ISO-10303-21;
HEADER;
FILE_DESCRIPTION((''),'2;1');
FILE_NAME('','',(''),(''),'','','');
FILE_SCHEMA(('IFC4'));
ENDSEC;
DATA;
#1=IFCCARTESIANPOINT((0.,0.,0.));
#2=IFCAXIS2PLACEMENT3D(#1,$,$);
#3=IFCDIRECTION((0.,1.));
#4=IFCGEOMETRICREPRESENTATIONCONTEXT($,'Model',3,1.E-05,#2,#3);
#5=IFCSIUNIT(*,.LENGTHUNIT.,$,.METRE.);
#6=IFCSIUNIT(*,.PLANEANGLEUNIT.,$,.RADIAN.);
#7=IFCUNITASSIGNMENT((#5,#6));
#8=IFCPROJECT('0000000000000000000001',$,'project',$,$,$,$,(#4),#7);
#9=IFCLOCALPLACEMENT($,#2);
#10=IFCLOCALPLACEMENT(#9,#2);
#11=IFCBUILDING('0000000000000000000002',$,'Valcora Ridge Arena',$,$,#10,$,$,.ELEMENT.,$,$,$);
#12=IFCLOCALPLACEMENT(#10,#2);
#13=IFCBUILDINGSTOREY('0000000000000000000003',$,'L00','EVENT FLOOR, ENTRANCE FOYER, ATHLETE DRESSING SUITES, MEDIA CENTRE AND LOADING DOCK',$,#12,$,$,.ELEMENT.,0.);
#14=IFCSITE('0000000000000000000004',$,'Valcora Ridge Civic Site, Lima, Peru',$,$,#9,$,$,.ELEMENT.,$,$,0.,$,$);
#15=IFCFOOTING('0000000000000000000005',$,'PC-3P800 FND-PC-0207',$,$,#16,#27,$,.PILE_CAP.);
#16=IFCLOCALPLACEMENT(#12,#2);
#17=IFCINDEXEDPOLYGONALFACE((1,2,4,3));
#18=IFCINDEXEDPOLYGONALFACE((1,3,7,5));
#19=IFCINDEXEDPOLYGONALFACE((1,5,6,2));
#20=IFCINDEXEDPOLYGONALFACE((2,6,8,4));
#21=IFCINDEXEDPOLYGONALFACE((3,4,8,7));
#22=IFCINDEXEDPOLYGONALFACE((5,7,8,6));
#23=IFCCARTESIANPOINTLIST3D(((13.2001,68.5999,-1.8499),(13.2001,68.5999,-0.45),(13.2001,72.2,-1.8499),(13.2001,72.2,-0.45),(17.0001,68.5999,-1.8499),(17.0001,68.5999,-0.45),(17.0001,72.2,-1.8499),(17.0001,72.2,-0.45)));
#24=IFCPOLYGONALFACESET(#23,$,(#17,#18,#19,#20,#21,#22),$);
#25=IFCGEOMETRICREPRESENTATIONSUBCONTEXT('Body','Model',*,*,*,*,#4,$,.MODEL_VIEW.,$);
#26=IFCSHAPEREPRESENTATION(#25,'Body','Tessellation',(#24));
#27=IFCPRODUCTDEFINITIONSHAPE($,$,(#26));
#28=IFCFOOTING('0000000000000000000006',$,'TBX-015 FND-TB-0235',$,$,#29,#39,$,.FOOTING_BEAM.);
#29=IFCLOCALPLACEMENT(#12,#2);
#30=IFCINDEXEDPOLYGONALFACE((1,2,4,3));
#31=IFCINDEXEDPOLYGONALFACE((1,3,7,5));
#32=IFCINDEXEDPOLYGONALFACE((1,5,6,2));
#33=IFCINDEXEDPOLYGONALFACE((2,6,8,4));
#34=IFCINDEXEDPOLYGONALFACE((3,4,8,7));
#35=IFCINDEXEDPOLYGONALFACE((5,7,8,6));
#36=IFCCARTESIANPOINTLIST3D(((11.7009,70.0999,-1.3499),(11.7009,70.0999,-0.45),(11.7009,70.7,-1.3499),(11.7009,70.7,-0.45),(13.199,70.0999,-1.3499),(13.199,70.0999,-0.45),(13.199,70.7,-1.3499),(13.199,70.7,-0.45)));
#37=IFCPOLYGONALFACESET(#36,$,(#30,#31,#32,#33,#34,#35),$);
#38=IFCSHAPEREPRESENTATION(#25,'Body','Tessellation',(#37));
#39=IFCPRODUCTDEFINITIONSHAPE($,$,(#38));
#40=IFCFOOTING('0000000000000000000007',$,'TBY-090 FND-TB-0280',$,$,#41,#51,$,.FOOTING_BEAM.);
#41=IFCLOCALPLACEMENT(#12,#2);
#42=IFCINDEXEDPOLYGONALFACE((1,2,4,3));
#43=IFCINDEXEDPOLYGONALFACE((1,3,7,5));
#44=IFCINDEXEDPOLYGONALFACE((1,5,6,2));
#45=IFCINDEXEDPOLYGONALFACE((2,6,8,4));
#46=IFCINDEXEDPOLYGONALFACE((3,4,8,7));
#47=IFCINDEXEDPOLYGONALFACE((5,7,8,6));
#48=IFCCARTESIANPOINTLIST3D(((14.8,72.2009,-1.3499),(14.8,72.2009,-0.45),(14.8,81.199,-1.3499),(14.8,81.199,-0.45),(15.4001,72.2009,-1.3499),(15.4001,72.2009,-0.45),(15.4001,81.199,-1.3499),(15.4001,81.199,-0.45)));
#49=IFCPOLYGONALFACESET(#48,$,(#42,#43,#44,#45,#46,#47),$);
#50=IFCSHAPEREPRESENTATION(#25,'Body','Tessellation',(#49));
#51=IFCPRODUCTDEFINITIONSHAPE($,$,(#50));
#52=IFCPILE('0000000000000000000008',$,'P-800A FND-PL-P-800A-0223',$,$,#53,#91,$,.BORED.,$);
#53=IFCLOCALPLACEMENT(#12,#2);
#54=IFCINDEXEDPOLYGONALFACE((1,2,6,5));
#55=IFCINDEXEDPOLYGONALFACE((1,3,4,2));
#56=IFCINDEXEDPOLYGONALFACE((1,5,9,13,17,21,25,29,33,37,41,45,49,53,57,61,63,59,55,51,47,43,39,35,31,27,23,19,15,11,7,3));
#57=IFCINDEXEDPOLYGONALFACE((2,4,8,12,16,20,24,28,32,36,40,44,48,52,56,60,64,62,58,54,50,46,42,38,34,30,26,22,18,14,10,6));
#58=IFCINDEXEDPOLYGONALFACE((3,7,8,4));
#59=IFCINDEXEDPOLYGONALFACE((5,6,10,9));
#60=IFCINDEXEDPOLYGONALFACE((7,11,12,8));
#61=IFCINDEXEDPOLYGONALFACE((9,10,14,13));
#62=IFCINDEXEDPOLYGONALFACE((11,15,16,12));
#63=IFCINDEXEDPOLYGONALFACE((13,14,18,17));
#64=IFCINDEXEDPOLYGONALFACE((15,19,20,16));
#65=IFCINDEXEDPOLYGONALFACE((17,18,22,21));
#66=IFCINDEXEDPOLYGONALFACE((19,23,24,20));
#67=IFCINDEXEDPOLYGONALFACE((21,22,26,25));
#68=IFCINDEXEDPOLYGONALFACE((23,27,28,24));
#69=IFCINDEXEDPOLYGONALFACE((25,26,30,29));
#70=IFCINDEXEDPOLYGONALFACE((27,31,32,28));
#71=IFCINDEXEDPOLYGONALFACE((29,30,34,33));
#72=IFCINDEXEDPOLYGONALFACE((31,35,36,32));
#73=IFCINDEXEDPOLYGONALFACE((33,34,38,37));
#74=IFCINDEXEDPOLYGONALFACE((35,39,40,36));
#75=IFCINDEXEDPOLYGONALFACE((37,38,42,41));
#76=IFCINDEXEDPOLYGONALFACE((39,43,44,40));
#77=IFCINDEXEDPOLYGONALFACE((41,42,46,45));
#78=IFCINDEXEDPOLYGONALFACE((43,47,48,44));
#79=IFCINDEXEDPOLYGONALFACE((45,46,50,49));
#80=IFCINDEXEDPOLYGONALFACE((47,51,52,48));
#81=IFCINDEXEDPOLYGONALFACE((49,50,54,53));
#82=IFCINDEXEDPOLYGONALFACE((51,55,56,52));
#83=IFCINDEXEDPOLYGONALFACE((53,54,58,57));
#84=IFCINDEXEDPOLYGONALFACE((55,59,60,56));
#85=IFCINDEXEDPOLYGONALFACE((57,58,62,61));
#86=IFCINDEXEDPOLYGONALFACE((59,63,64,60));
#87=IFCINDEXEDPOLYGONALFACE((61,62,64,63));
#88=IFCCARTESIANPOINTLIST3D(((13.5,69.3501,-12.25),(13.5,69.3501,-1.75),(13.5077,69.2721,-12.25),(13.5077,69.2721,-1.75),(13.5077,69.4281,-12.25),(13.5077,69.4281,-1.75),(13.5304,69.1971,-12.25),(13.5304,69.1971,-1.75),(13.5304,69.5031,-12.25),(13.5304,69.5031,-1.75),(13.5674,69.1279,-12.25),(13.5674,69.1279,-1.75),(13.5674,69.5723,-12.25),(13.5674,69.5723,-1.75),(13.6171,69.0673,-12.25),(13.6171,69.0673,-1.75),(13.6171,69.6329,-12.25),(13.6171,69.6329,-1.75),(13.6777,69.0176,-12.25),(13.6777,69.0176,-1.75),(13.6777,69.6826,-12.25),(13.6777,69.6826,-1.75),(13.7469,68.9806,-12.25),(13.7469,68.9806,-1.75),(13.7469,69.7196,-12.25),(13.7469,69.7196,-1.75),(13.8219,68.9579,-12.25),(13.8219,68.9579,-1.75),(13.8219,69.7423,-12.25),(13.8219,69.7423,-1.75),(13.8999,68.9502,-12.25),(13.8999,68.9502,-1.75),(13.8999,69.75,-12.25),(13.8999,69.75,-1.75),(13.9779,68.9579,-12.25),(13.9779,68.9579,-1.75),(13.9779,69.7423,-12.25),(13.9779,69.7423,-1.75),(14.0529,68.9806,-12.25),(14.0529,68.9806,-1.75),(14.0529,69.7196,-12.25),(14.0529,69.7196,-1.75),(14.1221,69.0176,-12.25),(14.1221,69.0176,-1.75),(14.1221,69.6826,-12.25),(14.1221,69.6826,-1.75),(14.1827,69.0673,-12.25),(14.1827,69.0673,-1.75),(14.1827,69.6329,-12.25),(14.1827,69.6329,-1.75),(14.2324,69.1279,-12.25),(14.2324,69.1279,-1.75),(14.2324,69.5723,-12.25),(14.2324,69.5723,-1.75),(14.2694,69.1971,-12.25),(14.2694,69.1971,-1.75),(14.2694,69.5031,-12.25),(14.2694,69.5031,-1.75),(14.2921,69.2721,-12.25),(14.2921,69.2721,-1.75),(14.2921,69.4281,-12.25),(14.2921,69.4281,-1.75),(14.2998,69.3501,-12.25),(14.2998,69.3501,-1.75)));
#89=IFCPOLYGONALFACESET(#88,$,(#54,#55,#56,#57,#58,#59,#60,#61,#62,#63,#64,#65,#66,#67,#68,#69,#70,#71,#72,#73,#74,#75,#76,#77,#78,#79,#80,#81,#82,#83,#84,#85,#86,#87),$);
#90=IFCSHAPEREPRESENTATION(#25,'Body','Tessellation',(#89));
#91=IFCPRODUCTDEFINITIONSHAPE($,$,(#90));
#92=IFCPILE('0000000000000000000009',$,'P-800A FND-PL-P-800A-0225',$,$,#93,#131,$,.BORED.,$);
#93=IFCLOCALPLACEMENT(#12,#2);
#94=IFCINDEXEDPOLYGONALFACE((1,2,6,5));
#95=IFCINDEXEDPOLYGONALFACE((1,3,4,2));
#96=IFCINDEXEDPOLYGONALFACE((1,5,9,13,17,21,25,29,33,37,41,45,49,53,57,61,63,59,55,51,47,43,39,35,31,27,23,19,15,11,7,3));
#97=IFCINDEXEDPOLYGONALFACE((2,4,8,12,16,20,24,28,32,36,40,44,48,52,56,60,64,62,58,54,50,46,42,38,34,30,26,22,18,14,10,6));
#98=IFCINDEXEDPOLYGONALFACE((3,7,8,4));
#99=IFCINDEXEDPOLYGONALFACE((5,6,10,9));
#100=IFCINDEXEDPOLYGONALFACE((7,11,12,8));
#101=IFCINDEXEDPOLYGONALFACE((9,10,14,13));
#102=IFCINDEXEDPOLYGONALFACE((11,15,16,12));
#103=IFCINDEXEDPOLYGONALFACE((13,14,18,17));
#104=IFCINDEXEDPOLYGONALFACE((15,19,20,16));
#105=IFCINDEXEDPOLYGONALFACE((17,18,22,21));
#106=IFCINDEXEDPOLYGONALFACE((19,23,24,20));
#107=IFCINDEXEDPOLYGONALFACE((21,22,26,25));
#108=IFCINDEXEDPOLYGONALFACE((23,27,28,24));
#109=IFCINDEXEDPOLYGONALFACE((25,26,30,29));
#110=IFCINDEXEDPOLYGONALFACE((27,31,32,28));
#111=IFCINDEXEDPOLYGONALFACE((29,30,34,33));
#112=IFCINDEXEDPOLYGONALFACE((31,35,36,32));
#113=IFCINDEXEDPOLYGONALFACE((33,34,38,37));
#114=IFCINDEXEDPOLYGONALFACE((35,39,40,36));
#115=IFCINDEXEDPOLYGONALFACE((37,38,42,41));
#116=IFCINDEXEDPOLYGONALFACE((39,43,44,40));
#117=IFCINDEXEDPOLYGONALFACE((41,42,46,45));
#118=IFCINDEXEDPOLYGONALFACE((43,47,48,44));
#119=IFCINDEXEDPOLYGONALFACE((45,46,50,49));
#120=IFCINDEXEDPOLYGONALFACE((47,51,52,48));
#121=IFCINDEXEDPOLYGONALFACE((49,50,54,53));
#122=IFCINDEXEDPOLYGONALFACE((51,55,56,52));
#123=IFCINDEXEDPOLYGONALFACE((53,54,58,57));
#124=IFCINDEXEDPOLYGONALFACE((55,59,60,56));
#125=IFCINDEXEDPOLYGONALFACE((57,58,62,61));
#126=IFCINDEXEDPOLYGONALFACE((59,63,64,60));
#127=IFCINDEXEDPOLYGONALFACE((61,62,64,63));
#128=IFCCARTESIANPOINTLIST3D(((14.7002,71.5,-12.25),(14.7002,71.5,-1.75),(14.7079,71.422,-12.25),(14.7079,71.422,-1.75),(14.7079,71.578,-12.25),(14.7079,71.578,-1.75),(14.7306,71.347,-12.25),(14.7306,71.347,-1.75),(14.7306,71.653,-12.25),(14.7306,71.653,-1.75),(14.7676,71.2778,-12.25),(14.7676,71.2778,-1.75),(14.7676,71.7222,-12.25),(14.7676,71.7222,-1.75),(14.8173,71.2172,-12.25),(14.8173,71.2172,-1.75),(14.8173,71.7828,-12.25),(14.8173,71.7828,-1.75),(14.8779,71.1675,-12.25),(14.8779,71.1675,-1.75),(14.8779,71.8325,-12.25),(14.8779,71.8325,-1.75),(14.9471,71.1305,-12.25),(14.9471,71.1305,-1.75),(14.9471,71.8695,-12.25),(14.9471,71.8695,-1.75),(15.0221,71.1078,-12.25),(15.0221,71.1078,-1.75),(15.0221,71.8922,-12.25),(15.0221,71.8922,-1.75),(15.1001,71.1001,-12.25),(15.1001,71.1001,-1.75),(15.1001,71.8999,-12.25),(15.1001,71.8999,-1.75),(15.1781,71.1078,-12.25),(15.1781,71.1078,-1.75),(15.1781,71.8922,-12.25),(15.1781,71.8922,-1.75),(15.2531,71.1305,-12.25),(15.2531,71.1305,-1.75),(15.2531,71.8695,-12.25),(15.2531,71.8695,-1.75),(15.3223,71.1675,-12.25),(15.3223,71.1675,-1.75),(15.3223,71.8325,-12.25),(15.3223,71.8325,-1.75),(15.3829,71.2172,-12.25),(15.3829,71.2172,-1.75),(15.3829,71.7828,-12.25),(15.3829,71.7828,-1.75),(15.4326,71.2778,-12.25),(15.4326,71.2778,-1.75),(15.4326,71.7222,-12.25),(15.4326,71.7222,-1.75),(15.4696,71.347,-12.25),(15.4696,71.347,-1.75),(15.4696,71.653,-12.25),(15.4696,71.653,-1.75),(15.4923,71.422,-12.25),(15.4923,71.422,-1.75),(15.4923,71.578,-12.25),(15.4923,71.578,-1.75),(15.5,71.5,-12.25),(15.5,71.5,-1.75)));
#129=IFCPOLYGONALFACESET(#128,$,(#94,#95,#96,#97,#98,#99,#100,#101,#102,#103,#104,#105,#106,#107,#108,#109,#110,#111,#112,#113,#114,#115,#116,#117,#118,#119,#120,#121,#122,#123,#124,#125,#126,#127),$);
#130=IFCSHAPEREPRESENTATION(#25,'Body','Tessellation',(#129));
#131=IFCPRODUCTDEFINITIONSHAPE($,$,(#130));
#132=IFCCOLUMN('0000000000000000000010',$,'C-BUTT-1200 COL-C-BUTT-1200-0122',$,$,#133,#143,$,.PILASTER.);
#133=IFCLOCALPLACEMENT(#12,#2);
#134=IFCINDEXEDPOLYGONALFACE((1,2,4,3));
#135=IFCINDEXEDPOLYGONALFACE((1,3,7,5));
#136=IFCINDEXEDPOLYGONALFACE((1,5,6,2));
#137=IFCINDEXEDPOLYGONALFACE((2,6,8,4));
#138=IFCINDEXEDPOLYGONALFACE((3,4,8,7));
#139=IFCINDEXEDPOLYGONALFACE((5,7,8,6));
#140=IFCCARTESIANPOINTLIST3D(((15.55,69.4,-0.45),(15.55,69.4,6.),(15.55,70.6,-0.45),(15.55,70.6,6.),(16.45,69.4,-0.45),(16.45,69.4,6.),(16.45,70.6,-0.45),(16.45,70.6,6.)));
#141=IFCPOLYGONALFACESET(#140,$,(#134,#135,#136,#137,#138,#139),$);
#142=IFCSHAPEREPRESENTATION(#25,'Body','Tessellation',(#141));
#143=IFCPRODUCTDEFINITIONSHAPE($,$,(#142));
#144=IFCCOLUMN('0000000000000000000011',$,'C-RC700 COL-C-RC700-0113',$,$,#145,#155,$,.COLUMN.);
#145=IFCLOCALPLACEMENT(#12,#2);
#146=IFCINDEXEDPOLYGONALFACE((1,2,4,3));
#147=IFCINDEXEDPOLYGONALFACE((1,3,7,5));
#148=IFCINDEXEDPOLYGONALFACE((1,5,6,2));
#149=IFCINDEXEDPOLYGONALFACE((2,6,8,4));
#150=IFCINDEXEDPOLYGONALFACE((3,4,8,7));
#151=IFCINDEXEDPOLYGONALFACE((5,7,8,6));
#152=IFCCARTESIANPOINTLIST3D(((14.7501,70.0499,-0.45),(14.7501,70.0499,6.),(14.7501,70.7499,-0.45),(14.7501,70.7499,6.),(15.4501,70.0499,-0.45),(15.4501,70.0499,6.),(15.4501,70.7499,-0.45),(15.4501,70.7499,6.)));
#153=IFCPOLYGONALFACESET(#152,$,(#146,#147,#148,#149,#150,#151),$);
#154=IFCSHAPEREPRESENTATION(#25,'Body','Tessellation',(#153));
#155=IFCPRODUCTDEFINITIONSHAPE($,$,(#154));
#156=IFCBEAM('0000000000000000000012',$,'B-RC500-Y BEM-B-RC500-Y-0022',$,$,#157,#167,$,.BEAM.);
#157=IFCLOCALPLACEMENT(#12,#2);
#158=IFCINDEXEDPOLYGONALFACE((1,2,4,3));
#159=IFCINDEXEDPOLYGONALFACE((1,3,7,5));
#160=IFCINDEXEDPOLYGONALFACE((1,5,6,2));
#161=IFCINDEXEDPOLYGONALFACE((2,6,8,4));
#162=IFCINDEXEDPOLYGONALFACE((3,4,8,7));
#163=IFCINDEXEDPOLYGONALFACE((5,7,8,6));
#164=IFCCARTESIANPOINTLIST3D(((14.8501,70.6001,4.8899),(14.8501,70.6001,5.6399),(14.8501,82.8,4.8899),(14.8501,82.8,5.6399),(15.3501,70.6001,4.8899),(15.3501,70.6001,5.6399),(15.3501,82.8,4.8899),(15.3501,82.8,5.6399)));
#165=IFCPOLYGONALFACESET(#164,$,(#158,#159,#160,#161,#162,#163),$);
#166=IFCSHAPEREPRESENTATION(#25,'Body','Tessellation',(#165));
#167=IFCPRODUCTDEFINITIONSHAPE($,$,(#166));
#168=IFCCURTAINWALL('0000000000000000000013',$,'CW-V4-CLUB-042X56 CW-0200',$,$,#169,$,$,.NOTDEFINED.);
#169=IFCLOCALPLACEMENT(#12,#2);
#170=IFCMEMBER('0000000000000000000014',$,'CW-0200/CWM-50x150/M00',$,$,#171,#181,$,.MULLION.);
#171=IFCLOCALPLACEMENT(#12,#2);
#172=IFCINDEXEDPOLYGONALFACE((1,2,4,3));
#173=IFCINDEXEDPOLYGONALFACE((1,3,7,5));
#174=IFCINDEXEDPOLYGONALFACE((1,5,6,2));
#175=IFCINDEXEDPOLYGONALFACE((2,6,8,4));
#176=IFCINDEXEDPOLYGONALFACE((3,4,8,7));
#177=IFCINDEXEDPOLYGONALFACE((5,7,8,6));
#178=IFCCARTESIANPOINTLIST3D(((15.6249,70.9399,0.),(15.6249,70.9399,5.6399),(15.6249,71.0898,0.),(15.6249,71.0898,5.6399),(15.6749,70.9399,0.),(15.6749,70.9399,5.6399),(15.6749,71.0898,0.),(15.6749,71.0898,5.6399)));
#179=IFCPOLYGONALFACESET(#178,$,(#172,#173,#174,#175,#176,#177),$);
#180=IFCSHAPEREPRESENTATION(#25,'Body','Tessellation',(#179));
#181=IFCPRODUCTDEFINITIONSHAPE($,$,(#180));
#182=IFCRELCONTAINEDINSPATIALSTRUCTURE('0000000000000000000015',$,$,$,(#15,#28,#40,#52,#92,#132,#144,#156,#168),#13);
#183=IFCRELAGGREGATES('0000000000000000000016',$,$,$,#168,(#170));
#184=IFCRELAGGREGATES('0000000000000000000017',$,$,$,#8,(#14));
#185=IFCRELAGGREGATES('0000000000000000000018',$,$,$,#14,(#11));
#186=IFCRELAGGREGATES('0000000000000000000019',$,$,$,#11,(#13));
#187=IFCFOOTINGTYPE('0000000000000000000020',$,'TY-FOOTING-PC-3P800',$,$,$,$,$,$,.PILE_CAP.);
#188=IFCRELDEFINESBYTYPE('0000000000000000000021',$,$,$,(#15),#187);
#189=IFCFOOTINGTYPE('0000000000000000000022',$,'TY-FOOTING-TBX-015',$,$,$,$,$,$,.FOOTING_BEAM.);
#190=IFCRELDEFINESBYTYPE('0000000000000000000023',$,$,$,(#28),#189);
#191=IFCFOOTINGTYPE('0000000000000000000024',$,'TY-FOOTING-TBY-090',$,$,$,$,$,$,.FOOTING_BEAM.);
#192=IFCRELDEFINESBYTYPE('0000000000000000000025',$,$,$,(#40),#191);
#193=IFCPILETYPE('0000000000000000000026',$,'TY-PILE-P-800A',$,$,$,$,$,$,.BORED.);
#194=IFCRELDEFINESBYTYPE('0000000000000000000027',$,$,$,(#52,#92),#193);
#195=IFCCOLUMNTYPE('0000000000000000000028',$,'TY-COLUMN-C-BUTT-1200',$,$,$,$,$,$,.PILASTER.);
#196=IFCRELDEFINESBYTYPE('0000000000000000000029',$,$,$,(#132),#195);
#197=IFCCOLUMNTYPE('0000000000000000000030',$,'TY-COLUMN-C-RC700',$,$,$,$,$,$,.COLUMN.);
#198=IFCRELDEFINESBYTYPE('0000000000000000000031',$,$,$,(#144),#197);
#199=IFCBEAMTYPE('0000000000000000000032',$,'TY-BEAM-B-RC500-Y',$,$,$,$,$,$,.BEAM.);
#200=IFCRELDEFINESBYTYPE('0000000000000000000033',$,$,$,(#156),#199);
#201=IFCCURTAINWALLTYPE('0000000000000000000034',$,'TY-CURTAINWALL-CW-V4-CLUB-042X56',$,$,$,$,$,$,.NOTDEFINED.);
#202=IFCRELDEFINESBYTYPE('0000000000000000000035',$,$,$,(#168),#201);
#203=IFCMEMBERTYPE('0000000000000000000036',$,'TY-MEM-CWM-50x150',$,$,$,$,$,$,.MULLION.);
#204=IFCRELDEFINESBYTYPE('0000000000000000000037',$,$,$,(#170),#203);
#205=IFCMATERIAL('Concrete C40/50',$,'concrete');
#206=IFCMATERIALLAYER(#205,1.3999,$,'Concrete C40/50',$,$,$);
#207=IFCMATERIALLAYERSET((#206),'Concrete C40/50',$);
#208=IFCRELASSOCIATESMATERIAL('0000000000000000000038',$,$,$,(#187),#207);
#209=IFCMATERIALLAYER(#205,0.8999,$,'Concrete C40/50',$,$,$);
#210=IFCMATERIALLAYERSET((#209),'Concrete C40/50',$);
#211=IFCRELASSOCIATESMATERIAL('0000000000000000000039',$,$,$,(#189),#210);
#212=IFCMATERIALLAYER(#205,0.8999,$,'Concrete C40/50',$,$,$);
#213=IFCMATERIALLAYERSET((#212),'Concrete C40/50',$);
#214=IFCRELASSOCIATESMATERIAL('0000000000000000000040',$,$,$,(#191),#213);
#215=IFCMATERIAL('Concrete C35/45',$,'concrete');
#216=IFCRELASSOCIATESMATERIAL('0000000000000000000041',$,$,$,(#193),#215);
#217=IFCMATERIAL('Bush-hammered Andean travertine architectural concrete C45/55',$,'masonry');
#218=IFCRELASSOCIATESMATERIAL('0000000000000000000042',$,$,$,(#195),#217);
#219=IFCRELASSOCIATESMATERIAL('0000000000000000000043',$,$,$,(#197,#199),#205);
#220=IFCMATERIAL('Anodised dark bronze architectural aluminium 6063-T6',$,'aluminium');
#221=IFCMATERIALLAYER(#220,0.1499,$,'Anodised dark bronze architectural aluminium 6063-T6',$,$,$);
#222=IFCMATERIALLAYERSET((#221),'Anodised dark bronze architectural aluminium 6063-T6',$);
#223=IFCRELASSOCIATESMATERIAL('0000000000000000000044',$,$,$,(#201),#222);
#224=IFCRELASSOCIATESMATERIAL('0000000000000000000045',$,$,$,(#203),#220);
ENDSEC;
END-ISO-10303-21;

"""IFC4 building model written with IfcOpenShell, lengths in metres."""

from ifc_helpers import new_model, si_unit, direction, frame, origin, origin_2d, place, context, subcontext, project, spatial, rectangle, circle, extrude, material, layer, layer_set, material_profile, profile_set, type_object, element, aggregate, save


model = new_model("IFC4")

# Units and contexts
model_context = context("Model", 3, precision=1e-05, world=origin(), true_north=direction((0.0, 1.0)))
body_context = subcontext(model_context, "Body", "Model", "MODEL_VIEW")
ifc_project = project(units=[si_unit("LENGTHUNIT", "METRE"), si_unit("PLANEANGLEUNIT", "RADIAN")], contexts=[model_context])

# Site, building, storey
site_placement = place(None, origin())
site = spatial("IfcSite", under=ifc_project, at=site_placement, Name="Valcora Ridge Civic Site, Lima, Peru", CompositionType="ELEMENT", RefElevation=0.0)
building_placement = place(site_placement, origin())
building = spatial("IfcBuilding", under=site, at=building_placement, Name="Valcora Ridge Arena", CompositionType="ELEMENT")
storey_placement = place(building_placement, origin())
storey = spatial("IfcBuildingStorey", under=building, at=storey_placement, Name="L00", Description="EVENT FLOOR, ENTRANCE FOYER, ATHLETE DRESSING SUITES, MEDIA CENTRE AND LOADING DOCK", CompositionType="ELEMENT", Elevation=0.0)

# Footings
ifc_material_1 = material(Name="Concrete C40/50", Category="concrete")
ifc_layer_1 = layer(ifc_material_1, 1.3999, Name="Concrete C40/50")
ifc_layer_set_1 = layer_set([ifc_layer_1], Name="Concrete C40/50")
footing_type_1 = type_object("IfcFootingType", Name="TY-FOOTING-PC-3P800", PredefinedType="PILE_CAP", material=ifc_layer_set_1)
footing_1_placement = place(storey_placement, frame((15.1001, 70.3999, -1.8499), z_axis=(0.0, 0.0, 1.0), x_axis=(1.0, 0.0, 0.0)))
element("IfcFooting", 1, at=footing_1_placement, inside=storey, type_object=footing_type_1, Name="PC-3P800 FND-PC-0207", PredefinedType="PILE_CAP", context=body_context, shape_type="SweptSolid", body=[
    extrude(rectangle(XDim=3.8, YDim=3.6001, at=origin_2d()), origin(), (0.0, 0.0, 1.0), 1.3999),
])
ifc_layer_2 = layer(ifc_material_1, 0.8999, Name="Concrete C40/50")
ifc_layer_set_2 = layer_set([ifc_layer_2], Name="Concrete C40/50")
footing_type_2 = type_object("IfcFootingType", Name="TY-FOOTING-TBX-015", PredefinedType="FOOTING_BEAM", material=ifc_layer_set_2)
footing_2_placement = place(storey_placement, frame((12.45, 70.3999, -1.3499), z_axis=(0.0, 0.0, 1.0), x_axis=(1.0, 0.0, 0.0)))
element("IfcFooting", 2, at=footing_2_placement, inside=storey, type_object=footing_type_2, Name="TBX-015 FND-TB-0235", PredefinedType="FOOTING_BEAM", context=body_context, shape_type="SweptSolid", body=[
    extrude(rectangle(XDim=1.498, YDim=0.6001, at=origin_2d()), origin(), (0.0, 0.0, 1.0), 0.8999),
])
ifc_layer_3 = layer(ifc_material_1, 0.8999, Name="Concrete C40/50")
ifc_layer_set_3 = layer_set([ifc_layer_3], Name="Concrete C40/50")
footing_type_3 = type_object("IfcFootingType", Name="TY-FOOTING-TBY-090", PredefinedType="FOOTING_BEAM", material=ifc_layer_set_3)
footing_3_placement = place(storey_placement, frame((15.1001, 76.7, -1.3499), z_axis=(0.0, 0.0, 1.0), x_axis=(1.0, 0.0, 0.0)))
element("IfcFooting", 3, at=footing_3_placement, inside=storey, type_object=footing_type_3, Name="TBY-090 FND-TB-0280", PredefinedType="FOOTING_BEAM", context=body_context, shape_type="SweptSolid", body=[
    extrude(rectangle(XDim=0.6001, YDim=8.998, at=origin_2d()), origin(), (0.0, 0.0, 1.0), 0.8999),
])

# Piles
ifc_material_2 = material(Name="Concrete C35/45", Category="concrete")
ifc_material_profile_1 = material_profile(ifc_material_2, circle(Radius=0.3999, at=origin_2d()), Name="BORED PILE D800")
ifc_profile_set_1 = profile_set([ifc_material_profile_1], Name="Concrete C35/45")
pile_type = type_object("IfcPileType", Name="TY-PILE-P-800A", PredefinedType="BORED", material=ifc_profile_set_1)
for number, where, z_axis, x_axis, name in (
    (4, (13.8999, 69.3501, -1.75), (0.0, 0.0, -1.0), (1.0, 0.0, 0.0), "P-800A FND-PL-P-800A-0223"),
    (5, (15.1001, 71.5, -1.75), (0.0, 0.0, -1.0), (1.0, 0.0, 0.0), "P-800A FND-PL-P-800A-0225"),
):
    element("IfcPile", number, at=place(storey_placement, frame(where, z_axis=z_axis, x_axis=x_axis)), inside=storey, type_object=pile_type, Name=name, PredefinedType="BORED", context=body_context, shape_type="SweptSolid", body=[
        extrude(circle(Radius=0.3999, at=origin_2d()), origin(), (0.0, 0.0, 1.0), 10.5),
    ])

# Columns
ifc_material_3 = material(Name="Bush-hammered Andean travertine architectural concrete C45/55", Category="masonry")
ifc_material_profile_2 = material_profile(ifc_material_3, rectangle(XDim=0.8999, YDim=1.2, at=origin_2d()), Name="RC 900x1200")
ifc_profile_set_2 = profile_set([ifc_material_profile_2], Name="Bush-hammered Andean travertine architectural concrete C45/55")
column_type_1 = type_object("IfcColumnType", Name="TY-COLUMN-C-BUTT-1200", PredefinedType="PILASTER", material=ifc_profile_set_2)
column_1_placement = place(storey_placement, frame((16.0, 70.0, -0.45), z_axis=(0.0, 0.0, 1.0), x_axis=(1.0, 0.0, 0.0)))
element("IfcColumn", 6, at=column_1_placement, inside=storey, type_object=column_type_1, Name="C-BUTT-1200 COL-C-BUTT-1200-0122", PredefinedType="PILASTER", context=body_context, shape_type="SweptSolid", body=[
    extrude(rectangle(XDim=0.8999, YDim=1.2, at=origin_2d()), origin(), (0.0, 0.0, 1.0), 6.45),
])
ifc_material_profile_3 = material_profile(ifc_material_1, rectangle(XDim=0.7, YDim=0.7, at=origin_2d()), Name="RC 700x700")
ifc_profile_set_3 = profile_set([ifc_material_profile_3], Name="Concrete C40/50")
column_type_2 = type_object("IfcColumnType", Name="TY-COLUMN-C-RC700", PredefinedType="COLUMN", material=ifc_profile_set_3)
column_2_placement = place(storey_placement, frame((15.1001, 70.3999, -0.45), z_axis=(0.0, 0.0, 1.0), x_axis=(1.0, 0.0, 0.0)))
element("IfcColumn", 7, at=column_2_placement, inside=storey, type_object=column_type_2, Name="C-RC700 COL-C-RC700-0113", PredefinedType="COLUMN", context=body_context, shape_type="SweptSolid", body=[
    extrude(rectangle(XDim=0.7, YDim=0.7, at=origin_2d()), origin(), (0.0, 0.0, 1.0), 6.45),
])

# Beam
ifc_material_profile_4 = material_profile(ifc_material_1, rectangle(XDim=0.5, YDim=0.75, at=origin_2d()), Name="RC 500x750")
ifc_profile_set_4 = profile_set([ifc_material_profile_4], Name="Concrete C40/50")
beam_type = type_object("IfcBeamType", Name="TY-BEAM-B-RC500-Y", PredefinedType="BEAM", material=ifc_profile_set_4)
beam_placement = place(storey_placement, frame((15.1001, 70.6001, 5.2649), z_axis=(0.0, 1.0, 0.0), x_axis=(-1.0, 0.0, 0.0)))
element("IfcBeam", 8, at=beam_placement, inside=storey, type_object=beam_type, Name="B-RC500-Y BEM-B-RC500-Y-0022", PredefinedType="BEAM", context=body_context, shape_type="SweptSolid", body=[
    extrude(rectangle(XDim=0.5, YDim=0.75, at=origin_2d()), origin(), (0.0, 0.0, 1.0), 12.2),
])

# Curtain wall, member
ifc_material_4 = material(Name="Anodised dark bronze architectural aluminium 6063-T6", Category="aluminium")
ifc_layer_4 = layer(ifc_material_4, 0.1499, Name="Anodised dark bronze architectural aluminium 6063-T6")
ifc_layer_set_4 = layer_set([ifc_layer_4], Name="Anodised dark bronze architectural aluminium 6063-T6")
curtain_wall_type_1 = type_object("IfcCurtainWallType", Name="TY-CURTAINWALL-CW-V4-CLUB-042X56", PredefinedType="NOTDEFINED", material=ifc_layer_set_4)
curtain_wall_1_placement = place(storey_placement, origin())
curtain_wall_1 = element("IfcCurtainWall", 9, at=curtain_wall_1_placement, inside=storey, type_object=curtain_wall_type_1, Name="CW-V4-CLUB-042X56 CW-0200", PredefinedType="NOTDEFINED")
ifc_material_profile_5 = material_profile(ifc_material_4, rectangle(XDim=0.05, YDim=0.1499, at=origin_2d()), Name="ALU MULLION 50x150")
ifc_profile_set_5 = profile_set([ifc_material_profile_5], Name="Anodised dark bronze architectural aluminium 6063-T6")
member_type_1 = type_object("IfcMemberType", Name="TY-MEM-CWM-50x150", PredefinedType="MULLION", material=ifc_profile_set_5)
member_1_placement = place(storey_placement, frame((15.6499, 71.0149, 0.0), z_axis=(0.0, 0.0, 1.0), x_axis=(-1.0, 0.0, 0.0)))
member_1 = element("IfcMember", 10, at=member_1_placement, type_object=member_type_1, Name="CW-0200/CWM-50x150/M00", PredefinedType="MULLION", context=body_context, shape_type="SweptSolid", body=[
    extrude(rectangle(XDim=0.05, YDim=0.1499, at=origin_2d()), origin(), (0.0, 0.0, 1.0), 5.6399),
])

aggregate(curtain_wall_1, [member_1])

save(model, "model.ifc")
